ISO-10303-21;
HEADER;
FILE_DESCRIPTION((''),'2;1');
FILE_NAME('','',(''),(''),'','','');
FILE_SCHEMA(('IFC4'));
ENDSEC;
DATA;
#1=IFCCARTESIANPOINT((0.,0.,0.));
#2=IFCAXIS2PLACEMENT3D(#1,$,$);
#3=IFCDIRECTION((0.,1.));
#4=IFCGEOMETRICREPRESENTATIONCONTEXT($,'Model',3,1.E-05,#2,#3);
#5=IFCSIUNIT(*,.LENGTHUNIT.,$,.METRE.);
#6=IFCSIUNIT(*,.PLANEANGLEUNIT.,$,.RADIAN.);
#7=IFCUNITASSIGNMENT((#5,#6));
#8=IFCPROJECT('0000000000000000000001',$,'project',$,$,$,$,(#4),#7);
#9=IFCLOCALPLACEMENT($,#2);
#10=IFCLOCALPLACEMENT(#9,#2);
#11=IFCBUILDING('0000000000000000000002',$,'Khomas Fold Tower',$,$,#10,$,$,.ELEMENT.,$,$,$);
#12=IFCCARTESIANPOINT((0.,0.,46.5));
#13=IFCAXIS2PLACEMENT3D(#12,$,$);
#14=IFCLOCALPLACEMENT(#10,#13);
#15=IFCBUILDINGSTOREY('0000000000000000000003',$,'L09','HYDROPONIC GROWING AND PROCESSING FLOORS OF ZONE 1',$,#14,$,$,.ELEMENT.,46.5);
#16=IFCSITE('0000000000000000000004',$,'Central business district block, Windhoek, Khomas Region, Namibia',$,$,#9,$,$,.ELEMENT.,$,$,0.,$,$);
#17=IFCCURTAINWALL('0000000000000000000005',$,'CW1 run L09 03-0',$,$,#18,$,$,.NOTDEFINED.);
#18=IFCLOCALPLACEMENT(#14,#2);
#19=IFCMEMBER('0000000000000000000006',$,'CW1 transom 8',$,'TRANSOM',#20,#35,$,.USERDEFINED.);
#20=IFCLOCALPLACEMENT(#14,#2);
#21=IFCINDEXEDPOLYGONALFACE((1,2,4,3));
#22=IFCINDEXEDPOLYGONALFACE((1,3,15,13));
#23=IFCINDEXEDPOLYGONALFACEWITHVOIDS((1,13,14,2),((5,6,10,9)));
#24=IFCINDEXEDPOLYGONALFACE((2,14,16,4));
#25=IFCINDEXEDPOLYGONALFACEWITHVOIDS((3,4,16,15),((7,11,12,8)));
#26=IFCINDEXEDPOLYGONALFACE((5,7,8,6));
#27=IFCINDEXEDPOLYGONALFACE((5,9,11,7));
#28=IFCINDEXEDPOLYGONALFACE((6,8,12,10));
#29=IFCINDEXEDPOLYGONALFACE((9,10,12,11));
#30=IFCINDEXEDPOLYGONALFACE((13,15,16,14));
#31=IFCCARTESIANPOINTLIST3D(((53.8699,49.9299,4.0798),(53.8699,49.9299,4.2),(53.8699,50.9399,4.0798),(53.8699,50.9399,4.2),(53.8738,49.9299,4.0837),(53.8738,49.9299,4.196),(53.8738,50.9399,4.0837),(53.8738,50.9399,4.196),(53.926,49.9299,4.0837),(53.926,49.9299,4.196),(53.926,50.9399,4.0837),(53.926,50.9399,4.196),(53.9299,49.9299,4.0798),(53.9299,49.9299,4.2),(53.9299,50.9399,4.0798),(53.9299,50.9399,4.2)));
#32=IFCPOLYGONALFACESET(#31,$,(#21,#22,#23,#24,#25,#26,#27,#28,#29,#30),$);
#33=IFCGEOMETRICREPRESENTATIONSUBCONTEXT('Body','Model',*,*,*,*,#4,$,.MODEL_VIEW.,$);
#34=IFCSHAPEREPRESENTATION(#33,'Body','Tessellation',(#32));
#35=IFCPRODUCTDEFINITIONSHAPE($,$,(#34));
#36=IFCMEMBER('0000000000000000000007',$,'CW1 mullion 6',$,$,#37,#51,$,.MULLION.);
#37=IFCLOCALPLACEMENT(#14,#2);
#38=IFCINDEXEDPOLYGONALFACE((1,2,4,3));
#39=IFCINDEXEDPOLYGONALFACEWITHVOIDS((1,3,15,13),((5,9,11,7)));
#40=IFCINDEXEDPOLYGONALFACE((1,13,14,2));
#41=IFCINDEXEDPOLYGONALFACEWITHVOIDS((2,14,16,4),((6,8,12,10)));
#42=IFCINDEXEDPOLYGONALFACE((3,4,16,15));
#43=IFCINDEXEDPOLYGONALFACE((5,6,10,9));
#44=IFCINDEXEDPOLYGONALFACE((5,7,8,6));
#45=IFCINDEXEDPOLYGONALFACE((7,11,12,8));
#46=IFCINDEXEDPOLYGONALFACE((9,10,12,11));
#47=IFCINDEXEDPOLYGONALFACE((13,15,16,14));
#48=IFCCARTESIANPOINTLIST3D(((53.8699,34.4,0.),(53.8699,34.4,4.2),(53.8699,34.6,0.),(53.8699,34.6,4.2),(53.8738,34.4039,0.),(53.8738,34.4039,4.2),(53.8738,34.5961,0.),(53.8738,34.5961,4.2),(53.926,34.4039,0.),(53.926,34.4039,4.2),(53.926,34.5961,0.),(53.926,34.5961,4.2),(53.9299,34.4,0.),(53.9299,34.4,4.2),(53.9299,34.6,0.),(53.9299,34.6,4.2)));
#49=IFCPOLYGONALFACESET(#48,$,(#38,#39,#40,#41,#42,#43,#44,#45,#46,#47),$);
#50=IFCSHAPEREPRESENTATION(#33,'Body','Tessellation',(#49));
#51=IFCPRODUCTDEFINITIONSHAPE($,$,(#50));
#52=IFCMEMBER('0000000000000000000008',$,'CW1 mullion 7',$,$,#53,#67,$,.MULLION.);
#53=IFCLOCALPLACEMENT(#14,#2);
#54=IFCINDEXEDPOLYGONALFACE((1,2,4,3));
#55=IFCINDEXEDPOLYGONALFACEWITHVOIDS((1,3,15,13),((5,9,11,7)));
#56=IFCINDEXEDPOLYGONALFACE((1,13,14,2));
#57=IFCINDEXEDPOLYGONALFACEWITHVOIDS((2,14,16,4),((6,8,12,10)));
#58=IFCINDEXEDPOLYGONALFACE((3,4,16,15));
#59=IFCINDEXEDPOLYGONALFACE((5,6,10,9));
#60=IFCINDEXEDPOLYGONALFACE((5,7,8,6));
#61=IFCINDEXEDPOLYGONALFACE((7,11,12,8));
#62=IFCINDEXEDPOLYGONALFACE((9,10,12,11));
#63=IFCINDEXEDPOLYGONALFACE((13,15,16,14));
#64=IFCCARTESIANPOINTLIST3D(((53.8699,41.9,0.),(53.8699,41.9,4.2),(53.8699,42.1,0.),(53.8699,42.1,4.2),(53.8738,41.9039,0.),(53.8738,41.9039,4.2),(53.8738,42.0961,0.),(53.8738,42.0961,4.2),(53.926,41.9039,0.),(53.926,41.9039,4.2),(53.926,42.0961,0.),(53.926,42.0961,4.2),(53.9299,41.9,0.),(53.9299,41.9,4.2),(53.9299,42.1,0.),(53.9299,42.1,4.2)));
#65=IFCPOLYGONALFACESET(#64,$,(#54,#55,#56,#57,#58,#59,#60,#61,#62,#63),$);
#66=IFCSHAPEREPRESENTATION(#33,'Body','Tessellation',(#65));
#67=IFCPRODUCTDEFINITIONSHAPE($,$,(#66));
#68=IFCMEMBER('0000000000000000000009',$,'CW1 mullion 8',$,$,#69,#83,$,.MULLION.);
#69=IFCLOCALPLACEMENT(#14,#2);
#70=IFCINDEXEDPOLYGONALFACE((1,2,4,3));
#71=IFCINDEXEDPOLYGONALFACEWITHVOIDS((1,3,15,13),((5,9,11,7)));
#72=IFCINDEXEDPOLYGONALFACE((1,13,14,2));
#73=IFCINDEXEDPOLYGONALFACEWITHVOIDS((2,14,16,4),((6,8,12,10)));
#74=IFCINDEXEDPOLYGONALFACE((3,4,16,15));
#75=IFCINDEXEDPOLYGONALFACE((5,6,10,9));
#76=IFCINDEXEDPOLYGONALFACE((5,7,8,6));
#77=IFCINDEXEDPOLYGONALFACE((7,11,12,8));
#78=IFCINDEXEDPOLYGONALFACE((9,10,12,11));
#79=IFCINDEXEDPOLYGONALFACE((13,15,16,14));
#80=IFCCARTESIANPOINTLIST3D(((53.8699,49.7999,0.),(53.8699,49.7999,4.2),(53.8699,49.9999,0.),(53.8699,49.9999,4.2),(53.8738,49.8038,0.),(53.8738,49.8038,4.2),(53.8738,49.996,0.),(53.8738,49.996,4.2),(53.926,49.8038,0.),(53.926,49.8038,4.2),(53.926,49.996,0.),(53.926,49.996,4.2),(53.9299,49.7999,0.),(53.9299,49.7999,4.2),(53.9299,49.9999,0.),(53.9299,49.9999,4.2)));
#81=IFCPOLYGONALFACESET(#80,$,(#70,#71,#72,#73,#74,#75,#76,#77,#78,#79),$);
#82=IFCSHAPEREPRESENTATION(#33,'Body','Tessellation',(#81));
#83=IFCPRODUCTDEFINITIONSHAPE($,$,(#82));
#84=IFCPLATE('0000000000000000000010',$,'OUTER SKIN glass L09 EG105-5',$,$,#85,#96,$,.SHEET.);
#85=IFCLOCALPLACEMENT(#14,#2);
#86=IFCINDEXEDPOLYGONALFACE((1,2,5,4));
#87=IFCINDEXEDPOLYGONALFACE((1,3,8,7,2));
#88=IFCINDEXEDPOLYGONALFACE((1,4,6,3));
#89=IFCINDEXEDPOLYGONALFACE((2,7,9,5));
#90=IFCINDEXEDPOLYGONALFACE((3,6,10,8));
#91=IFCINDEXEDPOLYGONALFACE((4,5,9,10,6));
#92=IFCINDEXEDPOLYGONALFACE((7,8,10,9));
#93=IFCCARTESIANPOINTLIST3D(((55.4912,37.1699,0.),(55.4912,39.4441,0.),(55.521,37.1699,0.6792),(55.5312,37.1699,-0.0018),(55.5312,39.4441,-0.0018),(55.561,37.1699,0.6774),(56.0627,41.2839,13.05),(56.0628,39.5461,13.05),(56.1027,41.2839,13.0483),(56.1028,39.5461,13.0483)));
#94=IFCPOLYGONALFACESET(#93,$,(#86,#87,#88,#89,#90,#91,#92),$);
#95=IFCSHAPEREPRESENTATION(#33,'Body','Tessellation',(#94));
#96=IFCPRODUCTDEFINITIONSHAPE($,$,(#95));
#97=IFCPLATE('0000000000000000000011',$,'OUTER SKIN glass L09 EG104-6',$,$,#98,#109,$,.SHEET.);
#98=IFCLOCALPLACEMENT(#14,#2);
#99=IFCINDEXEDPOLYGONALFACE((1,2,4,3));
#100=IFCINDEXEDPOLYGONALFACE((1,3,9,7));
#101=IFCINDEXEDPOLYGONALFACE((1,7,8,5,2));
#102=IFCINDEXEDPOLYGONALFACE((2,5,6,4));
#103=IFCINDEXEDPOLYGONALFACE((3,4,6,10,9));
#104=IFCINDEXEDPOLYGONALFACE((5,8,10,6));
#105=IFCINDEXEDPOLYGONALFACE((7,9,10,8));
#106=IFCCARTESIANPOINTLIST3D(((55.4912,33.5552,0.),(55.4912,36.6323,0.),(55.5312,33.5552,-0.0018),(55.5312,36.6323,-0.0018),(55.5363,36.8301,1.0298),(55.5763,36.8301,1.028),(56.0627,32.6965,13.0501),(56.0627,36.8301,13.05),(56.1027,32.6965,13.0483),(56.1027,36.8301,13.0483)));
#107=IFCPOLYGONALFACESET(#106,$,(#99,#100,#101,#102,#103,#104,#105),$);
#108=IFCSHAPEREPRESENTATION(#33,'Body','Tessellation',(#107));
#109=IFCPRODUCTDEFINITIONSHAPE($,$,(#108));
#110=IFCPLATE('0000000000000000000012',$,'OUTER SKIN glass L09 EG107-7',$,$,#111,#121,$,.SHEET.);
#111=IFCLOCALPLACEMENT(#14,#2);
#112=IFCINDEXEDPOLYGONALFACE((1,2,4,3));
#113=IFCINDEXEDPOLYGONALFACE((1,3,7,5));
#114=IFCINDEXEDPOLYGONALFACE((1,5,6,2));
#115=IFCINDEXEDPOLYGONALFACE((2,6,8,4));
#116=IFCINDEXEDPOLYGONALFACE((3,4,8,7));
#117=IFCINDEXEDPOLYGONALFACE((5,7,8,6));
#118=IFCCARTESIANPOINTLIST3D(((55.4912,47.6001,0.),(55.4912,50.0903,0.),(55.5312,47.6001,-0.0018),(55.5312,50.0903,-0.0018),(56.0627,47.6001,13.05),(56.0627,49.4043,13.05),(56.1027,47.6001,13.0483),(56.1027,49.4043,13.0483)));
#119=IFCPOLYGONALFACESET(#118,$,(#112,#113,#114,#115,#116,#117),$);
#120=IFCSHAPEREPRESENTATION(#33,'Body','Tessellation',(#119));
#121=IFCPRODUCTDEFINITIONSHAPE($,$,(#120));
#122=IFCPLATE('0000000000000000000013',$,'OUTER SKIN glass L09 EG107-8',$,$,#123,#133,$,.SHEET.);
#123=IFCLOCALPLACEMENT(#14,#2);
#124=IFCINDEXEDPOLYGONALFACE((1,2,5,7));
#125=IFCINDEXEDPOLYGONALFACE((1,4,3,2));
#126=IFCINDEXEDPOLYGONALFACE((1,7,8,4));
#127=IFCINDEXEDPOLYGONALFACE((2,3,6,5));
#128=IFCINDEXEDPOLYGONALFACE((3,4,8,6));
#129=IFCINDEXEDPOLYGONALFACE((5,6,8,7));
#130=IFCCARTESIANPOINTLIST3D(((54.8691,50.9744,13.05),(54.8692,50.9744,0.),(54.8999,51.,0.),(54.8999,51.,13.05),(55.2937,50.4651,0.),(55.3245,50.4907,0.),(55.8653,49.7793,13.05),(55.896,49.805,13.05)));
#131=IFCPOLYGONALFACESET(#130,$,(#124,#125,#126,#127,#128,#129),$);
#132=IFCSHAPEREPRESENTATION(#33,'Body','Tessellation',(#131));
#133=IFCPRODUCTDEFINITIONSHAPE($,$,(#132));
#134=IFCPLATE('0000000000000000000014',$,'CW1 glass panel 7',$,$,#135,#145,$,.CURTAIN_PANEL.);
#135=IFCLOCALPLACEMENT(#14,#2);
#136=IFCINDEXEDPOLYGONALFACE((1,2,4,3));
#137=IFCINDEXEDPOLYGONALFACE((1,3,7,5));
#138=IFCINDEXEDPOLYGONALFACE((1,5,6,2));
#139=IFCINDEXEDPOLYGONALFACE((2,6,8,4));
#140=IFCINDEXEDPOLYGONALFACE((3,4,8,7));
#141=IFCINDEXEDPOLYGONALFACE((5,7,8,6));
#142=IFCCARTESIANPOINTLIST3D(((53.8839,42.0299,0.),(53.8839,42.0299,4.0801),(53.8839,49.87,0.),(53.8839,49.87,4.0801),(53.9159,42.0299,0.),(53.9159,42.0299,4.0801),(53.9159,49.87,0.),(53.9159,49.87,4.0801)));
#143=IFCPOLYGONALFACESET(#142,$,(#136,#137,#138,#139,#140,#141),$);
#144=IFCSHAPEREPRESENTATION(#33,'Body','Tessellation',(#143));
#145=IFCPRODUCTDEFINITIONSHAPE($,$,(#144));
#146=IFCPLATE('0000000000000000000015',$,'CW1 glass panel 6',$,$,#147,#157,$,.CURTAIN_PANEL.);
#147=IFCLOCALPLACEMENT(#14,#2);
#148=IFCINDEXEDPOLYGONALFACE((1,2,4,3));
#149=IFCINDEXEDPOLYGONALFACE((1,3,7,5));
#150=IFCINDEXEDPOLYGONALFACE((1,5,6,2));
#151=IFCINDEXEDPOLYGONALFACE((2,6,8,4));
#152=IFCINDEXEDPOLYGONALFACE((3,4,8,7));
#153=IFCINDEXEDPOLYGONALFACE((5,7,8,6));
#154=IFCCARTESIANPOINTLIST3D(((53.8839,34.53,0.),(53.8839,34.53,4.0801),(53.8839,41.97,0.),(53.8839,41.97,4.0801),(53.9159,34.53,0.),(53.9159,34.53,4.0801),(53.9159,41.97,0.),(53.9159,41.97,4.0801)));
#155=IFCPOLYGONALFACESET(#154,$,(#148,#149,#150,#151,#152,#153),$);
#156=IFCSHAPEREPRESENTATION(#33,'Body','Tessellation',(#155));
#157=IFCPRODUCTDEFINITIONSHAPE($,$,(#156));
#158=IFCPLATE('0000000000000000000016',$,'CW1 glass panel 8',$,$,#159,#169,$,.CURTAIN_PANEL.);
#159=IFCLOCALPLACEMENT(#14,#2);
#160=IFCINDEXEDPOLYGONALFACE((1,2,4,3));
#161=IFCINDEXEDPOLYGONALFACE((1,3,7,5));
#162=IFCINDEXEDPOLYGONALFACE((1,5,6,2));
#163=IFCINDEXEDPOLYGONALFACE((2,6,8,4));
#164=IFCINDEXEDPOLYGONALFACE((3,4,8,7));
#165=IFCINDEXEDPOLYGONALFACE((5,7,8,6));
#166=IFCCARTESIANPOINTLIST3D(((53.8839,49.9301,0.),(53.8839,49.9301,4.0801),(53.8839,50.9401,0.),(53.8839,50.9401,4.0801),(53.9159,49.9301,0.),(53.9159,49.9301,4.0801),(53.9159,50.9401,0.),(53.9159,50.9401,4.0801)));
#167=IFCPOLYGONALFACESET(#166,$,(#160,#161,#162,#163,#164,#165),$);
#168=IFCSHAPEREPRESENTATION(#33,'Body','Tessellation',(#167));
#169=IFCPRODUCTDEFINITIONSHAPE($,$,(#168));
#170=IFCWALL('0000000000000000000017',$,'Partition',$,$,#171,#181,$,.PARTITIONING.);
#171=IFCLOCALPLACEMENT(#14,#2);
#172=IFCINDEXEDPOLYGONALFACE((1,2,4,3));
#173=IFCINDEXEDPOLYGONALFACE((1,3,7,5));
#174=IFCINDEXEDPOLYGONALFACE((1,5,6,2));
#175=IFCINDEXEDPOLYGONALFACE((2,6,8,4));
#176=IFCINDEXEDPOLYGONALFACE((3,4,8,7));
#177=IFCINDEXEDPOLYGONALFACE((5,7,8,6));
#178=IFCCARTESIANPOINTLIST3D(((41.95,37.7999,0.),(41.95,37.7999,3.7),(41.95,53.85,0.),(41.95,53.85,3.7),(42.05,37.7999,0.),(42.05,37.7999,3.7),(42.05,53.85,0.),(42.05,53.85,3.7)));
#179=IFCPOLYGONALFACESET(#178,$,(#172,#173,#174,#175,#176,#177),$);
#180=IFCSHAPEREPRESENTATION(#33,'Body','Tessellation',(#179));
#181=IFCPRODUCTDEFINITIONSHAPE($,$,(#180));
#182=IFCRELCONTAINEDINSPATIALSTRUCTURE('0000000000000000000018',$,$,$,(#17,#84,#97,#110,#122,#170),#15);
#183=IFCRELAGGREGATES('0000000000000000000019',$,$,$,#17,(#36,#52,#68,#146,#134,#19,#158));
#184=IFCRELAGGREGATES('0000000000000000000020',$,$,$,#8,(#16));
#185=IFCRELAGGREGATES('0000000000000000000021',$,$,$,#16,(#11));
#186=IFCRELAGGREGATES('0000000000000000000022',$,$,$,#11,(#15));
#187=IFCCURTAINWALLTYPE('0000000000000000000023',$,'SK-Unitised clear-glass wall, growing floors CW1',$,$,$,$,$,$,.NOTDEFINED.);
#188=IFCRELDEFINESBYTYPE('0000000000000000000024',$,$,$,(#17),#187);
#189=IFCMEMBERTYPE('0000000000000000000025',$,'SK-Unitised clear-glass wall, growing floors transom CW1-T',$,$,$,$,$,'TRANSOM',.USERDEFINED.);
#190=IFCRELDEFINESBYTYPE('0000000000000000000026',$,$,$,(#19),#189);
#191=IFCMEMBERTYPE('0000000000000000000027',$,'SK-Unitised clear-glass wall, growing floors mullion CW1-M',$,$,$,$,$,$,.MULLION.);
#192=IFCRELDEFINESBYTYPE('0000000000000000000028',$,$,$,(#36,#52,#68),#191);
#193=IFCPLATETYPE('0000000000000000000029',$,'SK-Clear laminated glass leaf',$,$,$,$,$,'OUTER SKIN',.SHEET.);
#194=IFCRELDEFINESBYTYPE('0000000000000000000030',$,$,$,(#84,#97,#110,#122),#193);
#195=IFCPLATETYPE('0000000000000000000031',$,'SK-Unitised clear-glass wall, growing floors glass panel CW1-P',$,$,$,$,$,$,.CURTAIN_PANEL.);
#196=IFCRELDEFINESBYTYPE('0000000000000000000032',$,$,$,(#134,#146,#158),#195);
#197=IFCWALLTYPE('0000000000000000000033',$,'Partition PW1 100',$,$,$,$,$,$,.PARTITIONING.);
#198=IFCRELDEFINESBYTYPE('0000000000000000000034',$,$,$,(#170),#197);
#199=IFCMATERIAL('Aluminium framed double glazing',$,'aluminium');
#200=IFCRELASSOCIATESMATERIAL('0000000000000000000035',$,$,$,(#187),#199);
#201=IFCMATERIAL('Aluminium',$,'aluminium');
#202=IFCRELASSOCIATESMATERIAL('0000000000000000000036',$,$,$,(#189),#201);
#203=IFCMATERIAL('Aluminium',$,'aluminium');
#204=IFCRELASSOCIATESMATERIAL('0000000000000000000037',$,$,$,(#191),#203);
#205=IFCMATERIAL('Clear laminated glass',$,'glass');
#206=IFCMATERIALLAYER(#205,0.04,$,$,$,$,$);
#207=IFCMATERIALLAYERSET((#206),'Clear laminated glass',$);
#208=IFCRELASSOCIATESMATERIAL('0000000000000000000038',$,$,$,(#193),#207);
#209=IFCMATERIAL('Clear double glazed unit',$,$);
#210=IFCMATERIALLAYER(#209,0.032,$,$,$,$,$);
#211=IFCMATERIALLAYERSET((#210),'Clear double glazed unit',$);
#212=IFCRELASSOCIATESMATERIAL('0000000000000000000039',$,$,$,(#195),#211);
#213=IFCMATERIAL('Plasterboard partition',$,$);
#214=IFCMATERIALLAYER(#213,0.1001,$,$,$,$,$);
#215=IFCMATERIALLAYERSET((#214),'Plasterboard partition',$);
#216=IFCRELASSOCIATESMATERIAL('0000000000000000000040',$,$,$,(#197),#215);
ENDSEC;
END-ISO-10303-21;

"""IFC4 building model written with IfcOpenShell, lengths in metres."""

from ifc_helpers import new_model, si_unit, direction, frame, frame_2d, origin, origin_2d, place, context, subcontext, project, spatial, polyline, rectangle, hollow_rectangle, outline, extrude, source, transform, mapped, material, layer, layer_set, material_profile, profile_set, type_object, element, aggregate, save


model = new_model("IFC4")

# Units and contexts
model_context = context("Model", 3, precision=1e-05, world=origin(), true_north=direction((0.0, 1.0)))
body_context = subcontext(model_context, "Body", "Model", "MODEL_VIEW")
ifc_project = project(units=[si_unit("LENGTHUNIT", "METRE"), si_unit("PLANEANGLEUNIT", "RADIAN")], contexts=[model_context])

# Site, building, storey
site_placement = place(None, origin())
site = spatial("IfcSite", under=ifc_project, at=site_placement, Name="Central business district block, Windhoek, Khomas Region, Namibia", CompositionType="ELEMENT", RefElevation=0.0)
building_placement = place(site_placement, origin())
building = spatial("IfcBuilding", under=site, at=building_placement, Name="Khomas Fold Tower", CompositionType="ELEMENT")
storey_placement = place(building_placement, frame((0.0, 0.0, 46.5)))
storey = spatial("IfcBuildingStorey", under=building, at=storey_placement, Name="L09", Description="HYDROPONIC GROWING AND PROCESSING FLOORS OF ZONE 1", CompositionType="ELEMENT", Elevation=46.5)

# Curtain wall, members
ifc_material_1 = material(Name="Aluminium framed double glazing", Category="aluminium")
curtain_wall_type = type_object("IfcCurtainWallType", Name="SK-Unitised clear-glass wall, growing floors CW1", PredefinedType="NOTDEFINED", material=ifc_material_1)
curtain_wall_placement = place(storey_placement, origin())
curtain_wall = element("IfcCurtainWall", 1, at=curtain_wall_placement, inside=storey, type_object=curtain_wall_type, Name="CW1 run L09 03-0", PredefinedType="NOTDEFINED")
ifc_material_2 = material(Name="Aluminium", Category="aluminium")
ifc_material_profile_1 = material_profile(ifc_material_2, hollow_rectangle(XDim=0.0601, YDim=0.1201, WallThickness=0.0039, at=origin_2d()), Name="SK-Unitised clear-glass wall, growing floors transom CW1-T")
ifc_profile_set_1 = profile_set([ifc_material_profile_1], Name="Aluminium")
member_type_1 = type_object("IfcMemberType", Name="SK-Unitised clear-glass wall, growing floors transom CW1-T", ElementType="TRANSOM", PredefinedType="USERDEFINED", material=ifc_profile_set_1)
shared_shape_1 = source(origin(), body_context, "Body", "SweptSolid", [
    extrude(hollow_rectangle(XDim=0.0601, YDim=0.1201, WallThickness=0.0039, at=origin_2d()), origin(), (0.0, 0.0, 1.0), 1.01),
])
member_1_placement = place(storey_placement, frame((53.8999, 49.9299, 4.1399), z_axis=(0.0, 1.0, 0.0), x_axis=(-1.0, 0.0, 0.0)))
member_1 = element("IfcMember", 2, at=member_1_placement, type_object=member_type_1, Name="CW1 transom 8", ObjectType="TRANSOM", PredefinedType="USERDEFINED", context=body_context, shape_type="MappedRepresentation", body=[
    mapped(shared_shape_1, transform((0.0, 0.0, 0.0))),
])
ifc_material_3 = material(Name="Aluminium", Category="aluminium")
ifc_material_profile_2 = material_profile(ifc_material_3, hollow_rectangle(XDim=0.0601, YDim=0.2, WallThickness=0.0039, at=origin_2d()), Name="SK-Unitised clear-glass wall, growing floors mullion CW1-M")
ifc_profile_set_2 = profile_set([ifc_material_profile_2], Name="Aluminium")
member_type_2 = type_object("IfcMemberType", Name="SK-Unitised clear-glass wall, growing floors mullion CW1-M", PredefinedType="MULLION", material=ifc_profile_set_2)
shared_shape_2 = source(origin(), body_context, "Body", "SweptSolid", [
    extrude(hollow_rectangle(XDim=0.0601, YDim=0.2, WallThickness=0.0039, at=origin_2d()), origin(), (0.0, 0.0, 1.0), 4.2),
])
member_2_placement = place(storey_placement, frame((53.8999, 34.5, 0.0), z_axis=(0.0, 0.0, 1.0), x_axis=(-1.0, 0.0, 0.0)))
member_2 = element("IfcMember", 3, at=member_2_placement, type_object=member_type_2, Name="CW1 mullion 6", PredefinedType="MULLION", context=body_context, shape_type="MappedRepresentation", body=[
    mapped(shared_shape_2, transform((0.0, 0.0, 0.0))),
])
member_3_placement = place(storey_placement, frame((53.8999, 42.0, 0.0), z_axis=(0.0, 0.0, 1.0), x_axis=(-1.0, 0.0, 0.0)))
member_3 = element("IfcMember", 4, at=member_3_placement, type_object=member_type_2, Name="CW1 mullion 7", PredefinedType="MULLION", context=body_context, shape_type="MappedRepresentation", body=[
    mapped(shared_shape_2, transform((0.0, 0.0, 0.0))),
])
member_4_placement = place(storey_placement, frame((53.8999, 49.8999, 0.0), z_axis=(0.0, 0.0, 1.0), x_axis=(-1.0, 0.0, 0.0)))
member_4 = element("IfcMember", 5, at=member_4_placement, type_object=member_type_2, Name="CW1 mullion 8", PredefinedType="MULLION", context=body_context, shape_type="MappedRepresentation", body=[
    mapped(shared_shape_2, transform((0.0, 0.0, 0.0))),
])

# Plates
ifc_material_4 = material(Name="Clear laminated glass", Category="glass")
ifc_layer_1 = layer(ifc_material_4, 0.04)
ifc_layer_set_1 = layer_set([ifc_layer_1], Name="Clear laminated glass")
plate_type_1 = type_object("IfcPlateType", Name="SK-Clear laminated glass leaf", ElementType="OUTER SKIN", PredefinedType="SHEET", material=ifc_layer_set_1)
plate_1_placement = place(storey_placement, frame((55.4912, 39.4441, 0.0), z_axis=(-0.999042, -0.000009, 0.043755), x_axis=(0.000009, -1.0, 0.0)))
element("IfcPlate", 6, at=plate_1_placement, inside=storey, type_object=plate_type_1, Name="OUTER SKIN glass L09 EG105-5", PredefinedType="SHEET", context=body_context, shape_type="SweptSolid", body=[
    extrude(outline(polyline([(0.0, 0.0), (2.2742, 0.0), (2.2742, 0.6799), (-0.1021, 13.0626), (-1.8398, 13.0626), (0.0, 0.0)])), origin(), (0.0, 0.0, -1.0), 0.04),
])
plate_2_placement = place(storey_placement, frame((55.4912, 36.6323, 0.0), z_axis=(-0.999042, 0.000009, 0.043753), x_axis=(-0.000009, -1.0, 0.0)))
element("IfcPlate", 7, at=plate_2_placement, inside=storey, type_object=plate_type_1, Name="OUTER SKIN glass L09 EG104-6", PredefinedType="SHEET", context=body_context, shape_type="SweptSolid", body=[
    extrude(outline(polyline([(0.0, 0.0), (3.0771, 0.0), (3.9358, 13.0626), (-0.1978, 13.0626), (-0.1978, 1.0308), (0.0, 0.0)])), origin(), (0.0, 0.0, -1.0), 0.04),
])
plate_3_placement = place(storey_placement, frame((55.4912, 50.0903, 0.0), z_axis=(-0.999042, 0.0, 0.043754), x_axis=(0.0, -1.0, 0.0)))
element("IfcPlate", 8, at=plate_3_placement, inside=storey, type_object=plate_type_1, Name="OUTER SKIN glass L09 EG107-7", PredefinedType="SHEET", context=body_context, shape_type="SweptSolid", body=[
    extrude(outline(polyline([(0.0, 0.0), (2.4902, 0.0), (2.4902, 13.0626), (0.686, 13.0626), (0.0, 0.0)])), origin(), (0.0, 0.0, -1.0), 0.04),
])
plate_4_placement = place(storey_placement, frame((55.3245, 50.4907, 0.0), z_axis=(0.76814, 0.640282, 0.000003), x_axis=(0.043696, -0.052426, 0.997668)))
element("IfcPlate", 9, at=plate_4_placement, inside=storey, type_object=plate_type_1, Name="OUTER SKIN glass L09 EG107-8", PredefinedType="SHEET", context=body_context, shape_type="SweptSolid", body=[
    extrude(outline(polyline([(0.0, 0.0), (13.0805, 0.0), (12.9744, -1.5521), (-0.0453, -0.6615), (0.0, 0.0)])), origin(), (0.0, 0.0, -1.0), 0.04),
])

# Plates
ifc_material_5 = material(Name="Clear double glazed unit")
ifc_layer_2 = layer(ifc_material_5, 0.032)
ifc_layer_set_2 = layer_set([ifc_layer_2], Name="Clear double glazed unit")
plate_type_2 = type_object("IfcPlateType", Name="SK-Unitised clear-glass wall, growing floors glass panel CW1-P", PredefinedType="CURTAIN_PANEL", material=ifc_layer_set_2)
shared_shape_3 = source(origin(), body_context, "Body", "SweptSolid", [
    extrude(rectangle(XDim=7.8401, YDim=0.032, at=origin_2d()), origin(), (0.0, 0.0, 1.0), 4.0801),
])
plate_5_placement = place(storey_placement, frame((53.8999, 45.95, 0.0), z_axis=(0.0, 0.0, 1.0), x_axis=(0.0, 1.0, 0.0)))
plate_5 = element("IfcPlate", 10, at=plate_5_placement, type_object=plate_type_2, Name="CW1 glass panel 7", PredefinedType="CURTAIN_PANEL", context=body_context, shape_type="MappedRepresentation", body=[
    mapped(shared_shape_3, transform((0.0, 0.0, 0.0))),
])
shared_shape_4 = source(origin(), body_context, "Body", "SweptSolid", [
    extrude(rectangle(XDim=7.4399, YDim=0.032, at=origin_2d()), origin(), (0.0, 0.0, 1.0), 4.0801),
])
plate_6_placement = place(storey_placement, frame((53.8999, 38.25, 0.0), z_axis=(0.0, 0.0, 1.0), x_axis=(0.0, 1.0, 0.0)))
plate_6 = element("IfcPlate", 11, at=plate_6_placement, type_object=plate_type_2, Name="CW1 glass panel 6", PredefinedType="CURTAIN_PANEL", context=body_context, shape_type="MappedRepresentation", body=[
    mapped(shared_shape_4, transform((0.0, 0.0, 0.0))),
])
shared_shape_5 = source(origin(), body_context, "Body", "SweptSolid", [
    extrude(rectangle(XDim=1.01, YDim=0.032, at=origin_2d()), origin(), (0.0, 0.0, 1.0), 4.0801),
])
plate_7_placement = place(storey_placement, frame((53.8999, 50.4351, 0.0), z_axis=(0.0, 0.0, 1.0), x_axis=(0.0, 1.0, 0.0)))
plate_7 = element("IfcPlate", 12, at=plate_7_placement, type_object=plate_type_2, Name="CW1 glass panel 8", PredefinedType="CURTAIN_PANEL", context=body_context, shape_type="MappedRepresentation", body=[
    mapped(shared_shape_5, transform((0.0, 0.0, 0.0))),
])
aggregate(curtain_wall, [member_2, member_3, member_4, plate_6, plate_5, member_1, plate_7])

# Wall
ifc_material_6 = material(Name="Plasterboard partition")
ifc_layer_3 = layer(ifc_material_6, 0.1001)
ifc_layer_set_3 = layer_set([ifc_layer_3], Name="Plasterboard partition")
wall_type = type_object("IfcWallType", Name="Partition PW1 100", PredefinedType="PARTITIONING", material=ifc_layer_set_3)
shared_shape_6 = source(origin(), body_context, "Body", "SweptSolid", [
    extrude(rectangle(XDim=16.05, YDim=0.1001, at=frame_2d((8.0249, 0.0))), origin(), (0.0, 0.0, 1.0), 3.7),
])
wall_placement = place(storey_placement, frame((42.0, 37.8, 0.0), z_axis=(0.0, 0.0, 1.0), x_axis=(0.0, 1.0, 0.0)))
element("IfcWall", 13, at=wall_placement, inside=storey, type_object=wall_type, Name="Partition", PredefinedType="PARTITIONING", context=body_context, shape_type="MappedRepresentation", body=[
    mapped(shared_shape_6, transform((0.0, 0.0, 0.0))),
])

save(model, "model.ifc")
